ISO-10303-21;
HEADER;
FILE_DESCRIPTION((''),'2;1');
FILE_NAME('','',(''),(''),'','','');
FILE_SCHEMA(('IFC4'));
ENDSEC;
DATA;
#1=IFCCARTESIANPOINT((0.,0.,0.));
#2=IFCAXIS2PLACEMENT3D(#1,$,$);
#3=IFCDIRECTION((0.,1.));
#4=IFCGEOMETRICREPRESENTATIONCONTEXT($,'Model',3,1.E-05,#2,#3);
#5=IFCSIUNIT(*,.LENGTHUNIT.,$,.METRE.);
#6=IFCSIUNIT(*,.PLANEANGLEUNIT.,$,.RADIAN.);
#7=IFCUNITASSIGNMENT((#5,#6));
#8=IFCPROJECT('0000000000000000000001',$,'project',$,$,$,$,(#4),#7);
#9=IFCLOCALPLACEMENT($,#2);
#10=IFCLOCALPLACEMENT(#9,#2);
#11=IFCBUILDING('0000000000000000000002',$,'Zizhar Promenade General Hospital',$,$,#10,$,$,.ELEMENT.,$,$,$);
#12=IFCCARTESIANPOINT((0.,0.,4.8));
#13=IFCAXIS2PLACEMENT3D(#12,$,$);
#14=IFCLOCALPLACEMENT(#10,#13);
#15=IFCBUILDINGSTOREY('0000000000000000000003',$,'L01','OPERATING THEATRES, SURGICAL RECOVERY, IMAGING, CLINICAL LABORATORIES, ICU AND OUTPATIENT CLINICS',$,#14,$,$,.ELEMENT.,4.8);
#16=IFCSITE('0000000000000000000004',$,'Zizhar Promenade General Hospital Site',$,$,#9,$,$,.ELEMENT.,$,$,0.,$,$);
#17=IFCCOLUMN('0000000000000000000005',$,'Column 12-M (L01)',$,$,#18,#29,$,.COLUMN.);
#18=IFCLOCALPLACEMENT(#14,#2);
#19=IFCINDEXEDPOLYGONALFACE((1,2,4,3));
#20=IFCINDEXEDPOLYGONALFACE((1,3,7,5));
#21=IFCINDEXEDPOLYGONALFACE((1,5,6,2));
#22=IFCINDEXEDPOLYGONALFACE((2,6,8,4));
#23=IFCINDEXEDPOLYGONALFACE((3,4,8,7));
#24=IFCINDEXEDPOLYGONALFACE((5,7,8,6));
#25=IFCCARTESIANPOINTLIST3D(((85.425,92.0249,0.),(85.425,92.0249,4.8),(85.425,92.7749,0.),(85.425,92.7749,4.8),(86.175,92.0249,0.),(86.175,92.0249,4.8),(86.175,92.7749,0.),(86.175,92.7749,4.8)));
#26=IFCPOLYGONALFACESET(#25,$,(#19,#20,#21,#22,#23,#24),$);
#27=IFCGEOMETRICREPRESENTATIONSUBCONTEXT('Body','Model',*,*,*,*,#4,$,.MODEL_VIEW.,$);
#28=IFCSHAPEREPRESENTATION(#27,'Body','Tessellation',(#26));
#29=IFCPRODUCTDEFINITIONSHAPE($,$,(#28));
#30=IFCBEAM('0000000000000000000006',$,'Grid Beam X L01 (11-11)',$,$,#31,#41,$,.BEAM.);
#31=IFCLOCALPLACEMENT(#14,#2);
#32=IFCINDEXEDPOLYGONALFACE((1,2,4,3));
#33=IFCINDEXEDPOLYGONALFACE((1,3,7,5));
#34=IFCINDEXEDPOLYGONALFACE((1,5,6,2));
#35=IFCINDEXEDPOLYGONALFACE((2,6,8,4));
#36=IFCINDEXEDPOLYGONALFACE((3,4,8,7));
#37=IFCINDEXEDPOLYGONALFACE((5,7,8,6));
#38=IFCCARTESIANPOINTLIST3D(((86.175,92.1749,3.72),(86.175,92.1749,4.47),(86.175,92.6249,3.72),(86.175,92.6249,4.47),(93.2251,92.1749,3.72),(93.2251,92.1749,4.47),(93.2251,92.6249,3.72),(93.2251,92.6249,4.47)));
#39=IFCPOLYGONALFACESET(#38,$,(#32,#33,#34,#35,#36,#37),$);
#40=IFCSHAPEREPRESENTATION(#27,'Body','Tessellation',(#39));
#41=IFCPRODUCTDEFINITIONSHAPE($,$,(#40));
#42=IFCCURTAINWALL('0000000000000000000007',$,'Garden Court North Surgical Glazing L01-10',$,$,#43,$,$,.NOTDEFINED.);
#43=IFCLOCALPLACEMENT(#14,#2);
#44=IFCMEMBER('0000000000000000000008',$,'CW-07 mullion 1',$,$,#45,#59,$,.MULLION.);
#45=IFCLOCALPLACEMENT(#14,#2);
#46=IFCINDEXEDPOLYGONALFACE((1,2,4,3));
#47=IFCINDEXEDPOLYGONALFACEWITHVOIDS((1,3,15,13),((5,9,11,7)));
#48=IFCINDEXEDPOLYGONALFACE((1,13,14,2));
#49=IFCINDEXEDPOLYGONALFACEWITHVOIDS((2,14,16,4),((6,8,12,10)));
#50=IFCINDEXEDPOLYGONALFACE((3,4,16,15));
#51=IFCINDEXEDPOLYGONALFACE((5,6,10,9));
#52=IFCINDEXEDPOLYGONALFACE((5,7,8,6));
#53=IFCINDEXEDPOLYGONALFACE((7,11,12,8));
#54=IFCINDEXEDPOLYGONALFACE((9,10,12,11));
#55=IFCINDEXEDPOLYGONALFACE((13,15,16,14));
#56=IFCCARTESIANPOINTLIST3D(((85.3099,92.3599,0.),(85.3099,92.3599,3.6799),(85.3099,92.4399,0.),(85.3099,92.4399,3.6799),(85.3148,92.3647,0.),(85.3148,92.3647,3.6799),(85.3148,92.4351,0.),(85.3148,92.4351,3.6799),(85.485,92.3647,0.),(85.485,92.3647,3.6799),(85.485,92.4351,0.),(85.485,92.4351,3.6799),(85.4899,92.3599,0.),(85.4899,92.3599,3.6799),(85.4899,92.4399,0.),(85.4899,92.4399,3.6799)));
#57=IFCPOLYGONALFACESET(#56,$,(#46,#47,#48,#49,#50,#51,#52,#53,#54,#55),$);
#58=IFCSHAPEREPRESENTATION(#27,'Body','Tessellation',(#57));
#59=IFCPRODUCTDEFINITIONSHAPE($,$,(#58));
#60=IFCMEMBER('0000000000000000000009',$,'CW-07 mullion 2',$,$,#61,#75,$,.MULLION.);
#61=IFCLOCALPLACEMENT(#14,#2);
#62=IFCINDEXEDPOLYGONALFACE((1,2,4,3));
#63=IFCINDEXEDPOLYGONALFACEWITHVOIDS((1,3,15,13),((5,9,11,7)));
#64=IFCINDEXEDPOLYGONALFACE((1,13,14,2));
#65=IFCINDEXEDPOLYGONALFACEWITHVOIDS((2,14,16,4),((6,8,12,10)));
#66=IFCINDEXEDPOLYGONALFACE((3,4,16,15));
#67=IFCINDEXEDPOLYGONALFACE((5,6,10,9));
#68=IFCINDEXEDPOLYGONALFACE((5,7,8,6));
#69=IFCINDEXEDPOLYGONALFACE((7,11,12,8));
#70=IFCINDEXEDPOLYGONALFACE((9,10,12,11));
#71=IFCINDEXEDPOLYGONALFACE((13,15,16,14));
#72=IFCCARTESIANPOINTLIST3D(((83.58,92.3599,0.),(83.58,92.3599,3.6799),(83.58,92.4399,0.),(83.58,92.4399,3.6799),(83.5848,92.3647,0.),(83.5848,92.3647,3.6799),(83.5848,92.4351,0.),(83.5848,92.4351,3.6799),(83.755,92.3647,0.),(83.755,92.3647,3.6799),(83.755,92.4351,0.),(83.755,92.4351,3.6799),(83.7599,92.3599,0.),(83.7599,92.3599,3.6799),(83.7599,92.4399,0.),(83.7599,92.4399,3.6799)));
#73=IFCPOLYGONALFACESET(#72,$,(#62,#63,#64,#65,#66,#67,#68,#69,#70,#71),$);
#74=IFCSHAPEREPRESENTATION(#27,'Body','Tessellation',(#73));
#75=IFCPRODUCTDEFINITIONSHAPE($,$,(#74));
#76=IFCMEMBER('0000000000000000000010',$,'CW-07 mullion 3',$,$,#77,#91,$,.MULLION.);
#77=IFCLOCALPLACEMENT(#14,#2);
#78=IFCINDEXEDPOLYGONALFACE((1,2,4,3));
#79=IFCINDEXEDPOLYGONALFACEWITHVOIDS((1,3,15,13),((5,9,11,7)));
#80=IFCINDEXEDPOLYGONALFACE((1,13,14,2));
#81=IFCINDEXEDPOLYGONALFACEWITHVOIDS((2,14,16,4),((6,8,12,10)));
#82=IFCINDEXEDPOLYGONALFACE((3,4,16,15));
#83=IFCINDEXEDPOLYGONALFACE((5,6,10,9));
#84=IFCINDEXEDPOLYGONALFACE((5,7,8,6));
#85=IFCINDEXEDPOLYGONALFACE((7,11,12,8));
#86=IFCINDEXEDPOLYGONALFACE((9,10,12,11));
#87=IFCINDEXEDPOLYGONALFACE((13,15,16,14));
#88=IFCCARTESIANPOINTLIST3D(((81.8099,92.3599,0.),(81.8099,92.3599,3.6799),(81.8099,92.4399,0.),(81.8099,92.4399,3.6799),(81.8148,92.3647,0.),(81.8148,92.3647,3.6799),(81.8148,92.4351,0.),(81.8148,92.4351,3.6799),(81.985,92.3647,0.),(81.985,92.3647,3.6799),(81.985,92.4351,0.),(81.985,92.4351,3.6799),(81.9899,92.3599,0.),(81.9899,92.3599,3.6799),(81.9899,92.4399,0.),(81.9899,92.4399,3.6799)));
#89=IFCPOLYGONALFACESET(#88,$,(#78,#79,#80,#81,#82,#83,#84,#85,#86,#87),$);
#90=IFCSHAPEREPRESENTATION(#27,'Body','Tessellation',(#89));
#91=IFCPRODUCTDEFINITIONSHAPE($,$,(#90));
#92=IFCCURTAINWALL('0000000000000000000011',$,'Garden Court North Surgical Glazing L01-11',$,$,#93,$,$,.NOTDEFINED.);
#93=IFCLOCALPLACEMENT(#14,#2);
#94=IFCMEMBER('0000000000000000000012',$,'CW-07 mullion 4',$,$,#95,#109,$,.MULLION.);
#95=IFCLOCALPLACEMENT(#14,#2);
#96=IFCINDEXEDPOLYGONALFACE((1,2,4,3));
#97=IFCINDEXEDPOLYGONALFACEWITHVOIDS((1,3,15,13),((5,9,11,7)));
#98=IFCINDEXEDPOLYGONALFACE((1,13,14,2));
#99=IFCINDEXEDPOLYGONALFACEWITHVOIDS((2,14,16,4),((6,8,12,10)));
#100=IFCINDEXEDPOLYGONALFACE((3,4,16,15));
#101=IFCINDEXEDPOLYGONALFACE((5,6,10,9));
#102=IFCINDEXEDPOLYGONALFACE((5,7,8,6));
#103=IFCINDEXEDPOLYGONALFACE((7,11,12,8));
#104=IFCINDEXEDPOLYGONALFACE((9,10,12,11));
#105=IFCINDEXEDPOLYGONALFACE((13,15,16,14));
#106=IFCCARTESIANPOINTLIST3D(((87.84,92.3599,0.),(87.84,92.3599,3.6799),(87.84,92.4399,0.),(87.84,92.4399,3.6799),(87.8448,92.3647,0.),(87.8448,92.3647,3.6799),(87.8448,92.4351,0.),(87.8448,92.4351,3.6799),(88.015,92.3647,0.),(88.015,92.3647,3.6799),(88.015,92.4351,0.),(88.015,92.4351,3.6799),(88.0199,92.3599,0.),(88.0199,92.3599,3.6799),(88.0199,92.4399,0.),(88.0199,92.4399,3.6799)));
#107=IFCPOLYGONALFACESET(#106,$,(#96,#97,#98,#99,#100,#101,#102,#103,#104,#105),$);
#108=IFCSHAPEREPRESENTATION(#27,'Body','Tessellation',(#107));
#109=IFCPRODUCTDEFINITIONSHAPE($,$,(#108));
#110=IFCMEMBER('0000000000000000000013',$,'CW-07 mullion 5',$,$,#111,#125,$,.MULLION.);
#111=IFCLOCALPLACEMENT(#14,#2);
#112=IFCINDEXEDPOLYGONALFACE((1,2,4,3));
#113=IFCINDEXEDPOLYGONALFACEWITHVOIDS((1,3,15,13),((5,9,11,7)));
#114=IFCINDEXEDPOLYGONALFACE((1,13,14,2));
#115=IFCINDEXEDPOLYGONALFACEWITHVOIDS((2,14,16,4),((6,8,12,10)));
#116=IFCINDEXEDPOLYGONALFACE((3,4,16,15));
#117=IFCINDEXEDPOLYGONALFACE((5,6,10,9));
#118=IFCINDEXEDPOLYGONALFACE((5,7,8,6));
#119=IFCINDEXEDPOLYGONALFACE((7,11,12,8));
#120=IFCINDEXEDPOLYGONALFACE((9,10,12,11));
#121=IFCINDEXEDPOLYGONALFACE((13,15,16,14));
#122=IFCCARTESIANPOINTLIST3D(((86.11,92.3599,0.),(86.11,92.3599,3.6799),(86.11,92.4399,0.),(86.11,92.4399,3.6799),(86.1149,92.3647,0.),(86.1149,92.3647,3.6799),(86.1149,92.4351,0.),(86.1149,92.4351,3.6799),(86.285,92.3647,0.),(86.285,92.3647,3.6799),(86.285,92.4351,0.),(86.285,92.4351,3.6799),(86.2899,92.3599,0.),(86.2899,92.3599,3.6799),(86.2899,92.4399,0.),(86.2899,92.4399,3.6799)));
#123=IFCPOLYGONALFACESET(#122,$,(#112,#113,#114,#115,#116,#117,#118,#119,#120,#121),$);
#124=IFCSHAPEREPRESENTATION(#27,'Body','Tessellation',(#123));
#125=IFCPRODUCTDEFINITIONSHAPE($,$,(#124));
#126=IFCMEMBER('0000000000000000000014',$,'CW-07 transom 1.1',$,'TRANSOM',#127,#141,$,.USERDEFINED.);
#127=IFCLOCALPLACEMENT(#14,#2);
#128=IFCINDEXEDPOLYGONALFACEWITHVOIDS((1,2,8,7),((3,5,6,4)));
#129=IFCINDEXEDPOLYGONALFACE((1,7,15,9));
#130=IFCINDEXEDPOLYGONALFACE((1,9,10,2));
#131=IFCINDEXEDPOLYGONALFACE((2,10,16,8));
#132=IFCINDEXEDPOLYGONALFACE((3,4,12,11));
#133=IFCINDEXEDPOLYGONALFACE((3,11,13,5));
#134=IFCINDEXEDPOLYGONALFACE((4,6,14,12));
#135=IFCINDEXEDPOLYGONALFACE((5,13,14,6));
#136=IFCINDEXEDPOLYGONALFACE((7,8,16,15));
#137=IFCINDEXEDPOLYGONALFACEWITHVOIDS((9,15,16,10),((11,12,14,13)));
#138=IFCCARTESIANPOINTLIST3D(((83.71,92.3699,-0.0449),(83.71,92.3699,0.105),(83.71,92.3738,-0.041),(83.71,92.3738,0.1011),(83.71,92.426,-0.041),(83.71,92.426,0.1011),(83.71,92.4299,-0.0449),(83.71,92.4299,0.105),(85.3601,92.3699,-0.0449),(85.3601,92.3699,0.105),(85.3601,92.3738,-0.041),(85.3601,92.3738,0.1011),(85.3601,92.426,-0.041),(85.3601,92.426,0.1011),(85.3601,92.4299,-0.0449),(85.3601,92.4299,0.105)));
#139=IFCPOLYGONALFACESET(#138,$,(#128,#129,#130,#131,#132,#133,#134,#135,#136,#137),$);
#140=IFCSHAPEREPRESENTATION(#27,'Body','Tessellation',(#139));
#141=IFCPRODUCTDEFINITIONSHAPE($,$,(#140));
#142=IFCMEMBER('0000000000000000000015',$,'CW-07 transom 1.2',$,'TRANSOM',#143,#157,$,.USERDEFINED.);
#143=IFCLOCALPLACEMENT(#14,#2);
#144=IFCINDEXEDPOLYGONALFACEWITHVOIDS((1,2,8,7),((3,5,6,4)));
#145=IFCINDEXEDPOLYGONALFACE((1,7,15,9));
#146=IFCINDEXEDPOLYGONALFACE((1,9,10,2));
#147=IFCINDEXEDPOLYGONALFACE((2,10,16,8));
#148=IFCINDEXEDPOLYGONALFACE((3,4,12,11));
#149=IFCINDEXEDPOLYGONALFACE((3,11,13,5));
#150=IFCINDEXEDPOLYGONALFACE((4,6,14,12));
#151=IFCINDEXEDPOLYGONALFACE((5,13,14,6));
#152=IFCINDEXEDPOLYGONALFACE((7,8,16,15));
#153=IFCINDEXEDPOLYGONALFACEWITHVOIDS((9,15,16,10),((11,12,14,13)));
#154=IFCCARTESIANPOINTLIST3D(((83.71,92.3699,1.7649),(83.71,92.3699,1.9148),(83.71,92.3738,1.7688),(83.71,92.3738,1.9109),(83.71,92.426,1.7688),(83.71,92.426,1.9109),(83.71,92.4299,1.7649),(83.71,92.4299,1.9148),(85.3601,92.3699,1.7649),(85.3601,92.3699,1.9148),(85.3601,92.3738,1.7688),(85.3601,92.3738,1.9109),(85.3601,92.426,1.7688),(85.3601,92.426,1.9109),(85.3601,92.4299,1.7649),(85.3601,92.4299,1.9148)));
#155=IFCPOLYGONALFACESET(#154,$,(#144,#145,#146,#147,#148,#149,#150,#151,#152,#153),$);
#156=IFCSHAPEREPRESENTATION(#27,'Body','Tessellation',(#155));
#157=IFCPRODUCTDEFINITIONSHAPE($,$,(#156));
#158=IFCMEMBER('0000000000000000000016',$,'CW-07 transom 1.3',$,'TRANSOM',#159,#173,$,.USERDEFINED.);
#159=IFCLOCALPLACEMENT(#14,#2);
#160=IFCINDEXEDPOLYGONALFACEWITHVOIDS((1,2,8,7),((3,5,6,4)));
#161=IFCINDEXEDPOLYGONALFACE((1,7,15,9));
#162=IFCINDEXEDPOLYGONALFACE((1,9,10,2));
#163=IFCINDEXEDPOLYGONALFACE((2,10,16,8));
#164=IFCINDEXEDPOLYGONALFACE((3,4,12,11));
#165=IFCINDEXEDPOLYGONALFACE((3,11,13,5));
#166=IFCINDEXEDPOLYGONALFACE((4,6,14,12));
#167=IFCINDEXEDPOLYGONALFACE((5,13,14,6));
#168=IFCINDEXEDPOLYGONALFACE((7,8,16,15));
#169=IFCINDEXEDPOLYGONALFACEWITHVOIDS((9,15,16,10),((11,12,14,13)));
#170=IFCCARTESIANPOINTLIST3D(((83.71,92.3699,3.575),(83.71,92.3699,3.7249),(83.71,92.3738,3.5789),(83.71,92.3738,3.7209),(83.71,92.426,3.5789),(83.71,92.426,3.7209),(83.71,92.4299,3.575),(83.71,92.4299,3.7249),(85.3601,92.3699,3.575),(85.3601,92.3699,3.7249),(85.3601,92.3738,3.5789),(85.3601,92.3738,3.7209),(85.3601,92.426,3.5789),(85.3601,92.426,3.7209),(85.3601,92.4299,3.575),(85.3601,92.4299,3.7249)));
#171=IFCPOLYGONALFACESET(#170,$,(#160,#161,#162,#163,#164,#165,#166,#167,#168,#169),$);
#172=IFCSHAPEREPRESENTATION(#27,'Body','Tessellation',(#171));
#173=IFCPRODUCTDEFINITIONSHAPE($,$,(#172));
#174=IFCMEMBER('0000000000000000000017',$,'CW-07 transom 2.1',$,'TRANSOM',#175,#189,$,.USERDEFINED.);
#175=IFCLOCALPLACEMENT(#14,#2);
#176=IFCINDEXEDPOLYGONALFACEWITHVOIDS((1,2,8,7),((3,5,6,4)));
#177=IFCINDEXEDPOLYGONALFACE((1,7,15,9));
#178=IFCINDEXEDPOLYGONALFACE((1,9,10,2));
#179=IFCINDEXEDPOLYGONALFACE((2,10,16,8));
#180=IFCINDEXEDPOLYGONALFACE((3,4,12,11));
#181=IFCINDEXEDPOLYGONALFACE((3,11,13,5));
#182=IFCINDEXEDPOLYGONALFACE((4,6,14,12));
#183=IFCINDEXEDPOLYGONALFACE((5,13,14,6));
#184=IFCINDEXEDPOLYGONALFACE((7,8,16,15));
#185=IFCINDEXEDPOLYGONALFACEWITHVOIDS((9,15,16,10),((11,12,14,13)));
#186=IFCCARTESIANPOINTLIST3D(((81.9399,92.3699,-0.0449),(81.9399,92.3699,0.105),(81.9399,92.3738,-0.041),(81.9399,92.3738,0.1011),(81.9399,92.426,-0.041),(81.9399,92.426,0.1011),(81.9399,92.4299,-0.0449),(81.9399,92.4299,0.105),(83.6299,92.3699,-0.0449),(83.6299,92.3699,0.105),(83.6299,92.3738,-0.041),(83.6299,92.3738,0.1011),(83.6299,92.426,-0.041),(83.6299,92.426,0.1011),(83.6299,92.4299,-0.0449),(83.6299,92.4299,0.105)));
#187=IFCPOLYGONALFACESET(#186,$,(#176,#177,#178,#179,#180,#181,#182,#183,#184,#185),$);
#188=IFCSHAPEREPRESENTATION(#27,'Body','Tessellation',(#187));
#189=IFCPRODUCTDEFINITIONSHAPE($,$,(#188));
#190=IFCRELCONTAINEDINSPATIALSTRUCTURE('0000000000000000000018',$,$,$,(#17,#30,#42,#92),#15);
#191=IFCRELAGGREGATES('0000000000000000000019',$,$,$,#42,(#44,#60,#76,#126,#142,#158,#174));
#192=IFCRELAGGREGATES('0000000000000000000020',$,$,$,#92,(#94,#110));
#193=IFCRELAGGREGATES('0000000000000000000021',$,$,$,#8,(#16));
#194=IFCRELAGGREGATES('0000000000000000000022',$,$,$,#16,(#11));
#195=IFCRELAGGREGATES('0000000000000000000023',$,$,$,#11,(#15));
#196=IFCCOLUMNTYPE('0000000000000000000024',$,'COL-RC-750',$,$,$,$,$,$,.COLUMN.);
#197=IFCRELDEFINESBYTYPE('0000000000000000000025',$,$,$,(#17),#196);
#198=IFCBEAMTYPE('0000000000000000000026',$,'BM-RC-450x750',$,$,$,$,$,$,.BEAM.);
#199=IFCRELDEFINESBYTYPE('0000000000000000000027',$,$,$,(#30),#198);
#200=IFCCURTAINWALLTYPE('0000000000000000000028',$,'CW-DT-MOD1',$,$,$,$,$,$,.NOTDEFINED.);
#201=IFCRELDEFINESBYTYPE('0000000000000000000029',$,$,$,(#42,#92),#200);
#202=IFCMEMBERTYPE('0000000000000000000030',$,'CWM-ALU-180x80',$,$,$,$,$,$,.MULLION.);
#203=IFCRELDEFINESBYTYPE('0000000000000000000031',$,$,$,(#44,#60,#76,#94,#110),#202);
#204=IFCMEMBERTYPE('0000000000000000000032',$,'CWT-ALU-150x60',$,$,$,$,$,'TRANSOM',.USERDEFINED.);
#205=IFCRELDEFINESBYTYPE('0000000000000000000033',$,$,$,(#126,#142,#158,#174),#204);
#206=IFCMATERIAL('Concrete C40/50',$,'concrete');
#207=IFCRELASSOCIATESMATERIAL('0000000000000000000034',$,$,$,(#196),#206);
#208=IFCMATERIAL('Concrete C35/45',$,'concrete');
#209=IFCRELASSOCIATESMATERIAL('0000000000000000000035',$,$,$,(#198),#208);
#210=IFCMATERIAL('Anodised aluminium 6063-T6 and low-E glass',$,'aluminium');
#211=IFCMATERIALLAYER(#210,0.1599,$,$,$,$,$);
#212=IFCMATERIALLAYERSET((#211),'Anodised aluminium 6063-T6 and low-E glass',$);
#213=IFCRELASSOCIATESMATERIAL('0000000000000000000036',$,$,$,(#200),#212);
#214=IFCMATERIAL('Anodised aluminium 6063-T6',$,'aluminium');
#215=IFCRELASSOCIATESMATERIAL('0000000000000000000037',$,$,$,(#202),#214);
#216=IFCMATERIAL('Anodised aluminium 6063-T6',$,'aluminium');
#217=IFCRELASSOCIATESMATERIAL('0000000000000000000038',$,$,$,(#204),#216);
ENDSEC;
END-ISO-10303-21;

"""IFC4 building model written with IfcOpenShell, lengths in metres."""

from ifc_helpers import new_model, si_unit, direction, frame, origin, origin_2d, place, context, subcontext, project, spatial, rectangle, hollow_rectangle, extrude, material, layer, layer_set, material_profile, profile_set, type_object, element, aggregate, save


model = new_model("IFC4")

# Units and contexts
model_context = context("Model", 3, precision=1e-05, world=origin(), true_north=direction((0.0, 1.0)))
body_context = subcontext(model_context, "Body", "Model", "MODEL_VIEW")
ifc_project = project(units=[si_unit("LENGTHUNIT", "METRE"), si_unit("PLANEANGLEUNIT", "RADIAN")], contexts=[model_context])

# Site, building, storey
site_placement = place(None, origin())
site = spatial("IfcSite", under=ifc_project, at=site_placement, Name="Zizhar Promenade General Hospital Site", CompositionType="ELEMENT", RefElevation=0.0)
building_placement = place(site_placement, origin())
building = spatial("IfcBuilding", under=site, at=building_placement, Name="Zizhar Promenade General Hospital", CompositionType="ELEMENT")
storey_placement = place(building_placement, frame((0.0, 0.0, 4.8)))
storey = spatial("IfcBuildingStorey", under=building, at=storey_placement, Name="L01", Description="OPERATING THEATRES, SURGICAL RECOVERY, IMAGING, CLINICAL LABORATORIES, ICU AND OUTPATIENT CLINICS", CompositionType="ELEMENT", Elevation=4.8)

# Column
ifc_material_1 = material(Name="Concrete C40/50", Category="concrete")
ifc_material_profile_1 = material_profile(ifc_material_1, rectangle(XDim=0.75, YDim=0.75, at=origin_2d()))
ifc_profile_set_1 = profile_set([ifc_material_profile_1], Name="Concrete C40/50")
column_type = type_object("IfcColumnType", Name="COL-RC-750", PredefinedType="COLUMN", material=ifc_profile_set_1)
column_placement = place(storey_placement, frame((85.8, 92.3999, 0.0), z_axis=(0.0, 0.0, 1.0), x_axis=(1.0, 0.0, 0.0)))
element("IfcColumn", 1, at=column_placement, inside=storey, type_object=column_type, Name="Column 12-M (L01)", PredefinedType="COLUMN", context=body_context, shape_type="SweptSolid", body=[
    extrude(rectangle(XDim=0.75, YDim=0.75, at=origin_2d()), origin(), (0.0, 0.0, 1.0), 4.8),
])

# Beam
ifc_material_2 = material(Name="Concrete C35/45", Category="concrete")
ifc_material_profile_2 = material_profile(ifc_material_2, rectangle(XDim=0.45, YDim=0.75, at=origin_2d()))
ifc_profile_set_2 = profile_set([ifc_material_profile_2], Name="Concrete C35/45")
beam_type = type_object("IfcBeamType", Name="BM-RC-450x750", PredefinedType="BEAM", material=ifc_profile_set_2)
beam_placement = place(storey_placement, frame((86.175, 92.3999, 4.095), z_axis=(1.0, 0.0, 0.0), x_axis=(0.0, 1.0, 0.0)))
element("IfcBeam", 2, at=beam_placement, inside=storey, type_object=beam_type, Name="Grid Beam X L01 (11-11)", PredefinedType="BEAM", context=body_context, shape_type="SweptSolid", body=[
    extrude(rectangle(XDim=0.45, YDim=0.75, at=origin_2d()), origin(), (0.0, 0.0, 1.0), 7.05),
])

# Curtain walls, members
ifc_material_3 = material(Name="Anodised aluminium 6063-T6 and low-E glass", Category="aluminium")
ifc_layer_1 = layer(ifc_material_3, 0.1599)
ifc_layer_set_1 = layer_set([ifc_layer_1], Name="Anodised aluminium 6063-T6 and low-E glass")
curtain_wall_type = type_object("IfcCurtainWallType", Name="CW-DT-MOD1", PredefinedType="NOTDEFINED", material=ifc_layer_set_1)
curtain_wall_1_placement = place(storey_placement, origin())
curtain_wall_1 = element("IfcCurtainWall", 3, at=curtain_wall_1_placement, inside=storey, type_object=curtain_wall_type, Name="Garden Court North Surgical Glazing L01-10", PredefinedType="NOTDEFINED")
ifc_material_4 = material(Name="Anodised aluminium 6063-T6", Category="aluminium")
ifc_material_profile_3 = material_profile(ifc_material_4, hollow_rectangle(XDim=0.0801, YDim=0.1799, WallThickness=0.0049, at=origin_2d()))
ifc_profile_set_3 = profile_set([ifc_material_profile_3], Name="Anodised aluminium 6063-T6")
member_type_1 = type_object("IfcMemberType", Name="CWM-ALU-180x80", PredefinedType="MULLION", material=ifc_profile_set_3)
member_1_placement = place(storey_placement, frame((85.3999, 92.3999, 0.0), z_axis=(0.0, 0.0, 1.0), x_axis=(0.0, -1.0, 0.0)))
member_1 = element("IfcMember", 4, at=member_1_placement, type_object=member_type_1, Name="CW-07 mullion 1", PredefinedType="MULLION", context=body_context, shape_type="SweptSolid", body=[
    extrude(hollow_rectangle(XDim=0.0801, YDim=0.1799, WallThickness=0.0049, at=origin_2d()), origin(), (0.0, 0.0, 1.0), 3.6799),
])
member_2_placement = place(storey_placement, frame((83.6699, 92.3999, 0.0), z_axis=(0.0, 0.0, 1.0), x_axis=(0.0, -1.0, 0.0)))
member_2 = element("IfcMember", 5, at=member_2_placement, type_object=member_type_1, Name="CW-07 mullion 2", PredefinedType="MULLION", context=body_context, shape_type="SweptSolid", body=[
    extrude(hollow_rectangle(XDim=0.0801, YDim=0.1799, WallThickness=0.0049, at=origin_2d()), origin(), (0.0, 0.0, 1.0), 3.6799),
])
member_3_placement = place(storey_placement, frame((81.8999, 92.3999, 0.0), z_axis=(0.0, 0.0, 1.0), x_axis=(0.0, -1.0, 0.0)))
member_3 = element("IfcMember", 6, at=member_3_placement, type_object=member_type_1, Name="CW-07 mullion 3", PredefinedType="MULLION", context=body_context, shape_type="SweptSolid", body=[
    extrude(hollow_rectangle(XDim=0.0801, YDim=0.1799, WallThickness=0.0049, at=origin_2d()), origin(), (0.0, 0.0, 1.0), 3.6799),
])
curtain_wall_2_placement = place(storey_placement, origin())
curtain_wall_2 = element("IfcCurtainWall", 7, at=curtain_wall_2_placement, inside=storey, type_object=curtain_wall_type, Name="Garden Court North Surgical Glazing L01-11", PredefinedType="NOTDEFINED")
member_4_placement = place(storey_placement, frame((87.9299, 92.3999, 0.0), z_axis=(0.0, 0.0, 1.0), x_axis=(0.0, -1.0, 0.0)))
member_4 = element("IfcMember", 8, at=member_4_placement, type_object=member_type_1, Name="CW-07 mullion 4", PredefinedType="MULLION", context=body_context, shape_type="SweptSolid", body=[
    extrude(hollow_rectangle(XDim=0.0801, YDim=0.1799, WallThickness=0.0049, at=origin_2d()), origin(), (0.0, 0.0, 1.0), 3.6799),
])
member_5_placement = place(storey_placement, frame((86.2, 92.3999, 0.0), z_axis=(0.0, 0.0, 1.0), x_axis=(0.0, -1.0, 0.0)))
member_5 = element("IfcMember", 9, at=member_5_placement, type_object=member_type_1, Name="CW-07 mullion 5", PredefinedType="MULLION", context=body_context, shape_type="SweptSolid", body=[
    extrude(hollow_rectangle(XDim=0.0801, YDim=0.1799, WallThickness=0.0049, at=origin_2d()), origin(), (0.0, 0.0, 1.0), 3.6799),
])

# Members
ifc_material_5 = material(Name="Anodised aluminium 6063-T6", Category="aluminium")
ifc_material_profile_4 = material_profile(ifc_material_5, hollow_rectangle(XDim=0.0601, YDim=0.1499, WallThickness=0.0039, at=origin_2d()))
ifc_profile_set_4 = profile_set([ifc_material_profile_4], Name="Anodised aluminium 6063-T6")
member_type_2 = type_object("IfcMemberType", Name="CWT-ALU-150x60", ElementType="TRANSOM", PredefinedType="USERDEFINED", material=ifc_profile_set_4)
member_6_placement = place(storey_placement, frame((85.3601, 92.3999, 0.03), z_axis=(-1.0, 0.0, 0.0), x_axis=(0.0, -1.0, 0.0)))
member_6 = element("IfcMember", 10, at=member_6_placement, type_object=member_type_2, Name="CW-07 transom 1.1", ObjectType="TRANSOM", PredefinedType="USERDEFINED", context=body_context, shape_type="SweptSolid", body=[
    extrude(hollow_rectangle(XDim=0.0601, YDim=0.1499, WallThickness=0.0039, at=origin_2d()), origin(), (0.0, 0.0, 1.0), 1.6501),
])
member_7_placement = place(storey_placement, frame((85.3601, 92.3999, 1.8398), z_axis=(-1.0, 0.0, 0.0), x_axis=(0.0, -1.0, 0.0)))
member_7 = element("IfcMember", 11, at=member_7_placement, type_object=member_type_2, Name="CW-07 transom 1.2", ObjectType="TRANSOM", PredefinedType="USERDEFINED", context=body_context, shape_type="SweptSolid", body=[
    extrude(hollow_rectangle(XDim=0.0601, YDim=0.1499, WallThickness=0.0039, at=origin_2d()), origin(), (0.0, 0.0, 1.0), 1.6501),
])
member_8_placement = place(storey_placement, frame((85.3601, 92.3999, 3.6499), z_axis=(-1.0, 0.0, 0.0), x_axis=(0.0, -1.0, 0.0)))
member_8 = element("IfcMember", 12, at=member_8_placement, type_object=member_type_2, Name="CW-07 transom 1.3", ObjectType="TRANSOM", PredefinedType="USERDEFINED", context=body_context, shape_type="SweptSolid", body=[
    extrude(hollow_rectangle(XDim=0.0601, YDim=0.1499, WallThickness=0.0039, at=origin_2d()), origin(), (0.0, 0.0, 1.0), 1.6501),
])
member_9_placement = place(storey_placement, frame((83.6299, 92.3999, 0.03), z_axis=(-1.0, 0.0, 0.0), x_axis=(0.0, -1.0, 0.0)))
member_9 = element("IfcMember", 13, at=member_9_placement, type_object=member_type_2, Name="CW-07 transom 2.1", ObjectType="TRANSOM", PredefinedType="USERDEFINED", context=body_context, shape_type="SweptSolid", body=[
    extrude(hollow_rectangle(XDim=0.0601, YDim=0.1499, WallThickness=0.0039, at=origin_2d()), origin(), (0.0, 0.0, 1.0), 1.6899),
])

aggregate(curtain_wall_1, [member_1, member_2, member_3, member_6, member_7, member_8, member_9])
aggregate(curtain_wall_2, [member_4, member_5])

save(model, "model.ifc")
